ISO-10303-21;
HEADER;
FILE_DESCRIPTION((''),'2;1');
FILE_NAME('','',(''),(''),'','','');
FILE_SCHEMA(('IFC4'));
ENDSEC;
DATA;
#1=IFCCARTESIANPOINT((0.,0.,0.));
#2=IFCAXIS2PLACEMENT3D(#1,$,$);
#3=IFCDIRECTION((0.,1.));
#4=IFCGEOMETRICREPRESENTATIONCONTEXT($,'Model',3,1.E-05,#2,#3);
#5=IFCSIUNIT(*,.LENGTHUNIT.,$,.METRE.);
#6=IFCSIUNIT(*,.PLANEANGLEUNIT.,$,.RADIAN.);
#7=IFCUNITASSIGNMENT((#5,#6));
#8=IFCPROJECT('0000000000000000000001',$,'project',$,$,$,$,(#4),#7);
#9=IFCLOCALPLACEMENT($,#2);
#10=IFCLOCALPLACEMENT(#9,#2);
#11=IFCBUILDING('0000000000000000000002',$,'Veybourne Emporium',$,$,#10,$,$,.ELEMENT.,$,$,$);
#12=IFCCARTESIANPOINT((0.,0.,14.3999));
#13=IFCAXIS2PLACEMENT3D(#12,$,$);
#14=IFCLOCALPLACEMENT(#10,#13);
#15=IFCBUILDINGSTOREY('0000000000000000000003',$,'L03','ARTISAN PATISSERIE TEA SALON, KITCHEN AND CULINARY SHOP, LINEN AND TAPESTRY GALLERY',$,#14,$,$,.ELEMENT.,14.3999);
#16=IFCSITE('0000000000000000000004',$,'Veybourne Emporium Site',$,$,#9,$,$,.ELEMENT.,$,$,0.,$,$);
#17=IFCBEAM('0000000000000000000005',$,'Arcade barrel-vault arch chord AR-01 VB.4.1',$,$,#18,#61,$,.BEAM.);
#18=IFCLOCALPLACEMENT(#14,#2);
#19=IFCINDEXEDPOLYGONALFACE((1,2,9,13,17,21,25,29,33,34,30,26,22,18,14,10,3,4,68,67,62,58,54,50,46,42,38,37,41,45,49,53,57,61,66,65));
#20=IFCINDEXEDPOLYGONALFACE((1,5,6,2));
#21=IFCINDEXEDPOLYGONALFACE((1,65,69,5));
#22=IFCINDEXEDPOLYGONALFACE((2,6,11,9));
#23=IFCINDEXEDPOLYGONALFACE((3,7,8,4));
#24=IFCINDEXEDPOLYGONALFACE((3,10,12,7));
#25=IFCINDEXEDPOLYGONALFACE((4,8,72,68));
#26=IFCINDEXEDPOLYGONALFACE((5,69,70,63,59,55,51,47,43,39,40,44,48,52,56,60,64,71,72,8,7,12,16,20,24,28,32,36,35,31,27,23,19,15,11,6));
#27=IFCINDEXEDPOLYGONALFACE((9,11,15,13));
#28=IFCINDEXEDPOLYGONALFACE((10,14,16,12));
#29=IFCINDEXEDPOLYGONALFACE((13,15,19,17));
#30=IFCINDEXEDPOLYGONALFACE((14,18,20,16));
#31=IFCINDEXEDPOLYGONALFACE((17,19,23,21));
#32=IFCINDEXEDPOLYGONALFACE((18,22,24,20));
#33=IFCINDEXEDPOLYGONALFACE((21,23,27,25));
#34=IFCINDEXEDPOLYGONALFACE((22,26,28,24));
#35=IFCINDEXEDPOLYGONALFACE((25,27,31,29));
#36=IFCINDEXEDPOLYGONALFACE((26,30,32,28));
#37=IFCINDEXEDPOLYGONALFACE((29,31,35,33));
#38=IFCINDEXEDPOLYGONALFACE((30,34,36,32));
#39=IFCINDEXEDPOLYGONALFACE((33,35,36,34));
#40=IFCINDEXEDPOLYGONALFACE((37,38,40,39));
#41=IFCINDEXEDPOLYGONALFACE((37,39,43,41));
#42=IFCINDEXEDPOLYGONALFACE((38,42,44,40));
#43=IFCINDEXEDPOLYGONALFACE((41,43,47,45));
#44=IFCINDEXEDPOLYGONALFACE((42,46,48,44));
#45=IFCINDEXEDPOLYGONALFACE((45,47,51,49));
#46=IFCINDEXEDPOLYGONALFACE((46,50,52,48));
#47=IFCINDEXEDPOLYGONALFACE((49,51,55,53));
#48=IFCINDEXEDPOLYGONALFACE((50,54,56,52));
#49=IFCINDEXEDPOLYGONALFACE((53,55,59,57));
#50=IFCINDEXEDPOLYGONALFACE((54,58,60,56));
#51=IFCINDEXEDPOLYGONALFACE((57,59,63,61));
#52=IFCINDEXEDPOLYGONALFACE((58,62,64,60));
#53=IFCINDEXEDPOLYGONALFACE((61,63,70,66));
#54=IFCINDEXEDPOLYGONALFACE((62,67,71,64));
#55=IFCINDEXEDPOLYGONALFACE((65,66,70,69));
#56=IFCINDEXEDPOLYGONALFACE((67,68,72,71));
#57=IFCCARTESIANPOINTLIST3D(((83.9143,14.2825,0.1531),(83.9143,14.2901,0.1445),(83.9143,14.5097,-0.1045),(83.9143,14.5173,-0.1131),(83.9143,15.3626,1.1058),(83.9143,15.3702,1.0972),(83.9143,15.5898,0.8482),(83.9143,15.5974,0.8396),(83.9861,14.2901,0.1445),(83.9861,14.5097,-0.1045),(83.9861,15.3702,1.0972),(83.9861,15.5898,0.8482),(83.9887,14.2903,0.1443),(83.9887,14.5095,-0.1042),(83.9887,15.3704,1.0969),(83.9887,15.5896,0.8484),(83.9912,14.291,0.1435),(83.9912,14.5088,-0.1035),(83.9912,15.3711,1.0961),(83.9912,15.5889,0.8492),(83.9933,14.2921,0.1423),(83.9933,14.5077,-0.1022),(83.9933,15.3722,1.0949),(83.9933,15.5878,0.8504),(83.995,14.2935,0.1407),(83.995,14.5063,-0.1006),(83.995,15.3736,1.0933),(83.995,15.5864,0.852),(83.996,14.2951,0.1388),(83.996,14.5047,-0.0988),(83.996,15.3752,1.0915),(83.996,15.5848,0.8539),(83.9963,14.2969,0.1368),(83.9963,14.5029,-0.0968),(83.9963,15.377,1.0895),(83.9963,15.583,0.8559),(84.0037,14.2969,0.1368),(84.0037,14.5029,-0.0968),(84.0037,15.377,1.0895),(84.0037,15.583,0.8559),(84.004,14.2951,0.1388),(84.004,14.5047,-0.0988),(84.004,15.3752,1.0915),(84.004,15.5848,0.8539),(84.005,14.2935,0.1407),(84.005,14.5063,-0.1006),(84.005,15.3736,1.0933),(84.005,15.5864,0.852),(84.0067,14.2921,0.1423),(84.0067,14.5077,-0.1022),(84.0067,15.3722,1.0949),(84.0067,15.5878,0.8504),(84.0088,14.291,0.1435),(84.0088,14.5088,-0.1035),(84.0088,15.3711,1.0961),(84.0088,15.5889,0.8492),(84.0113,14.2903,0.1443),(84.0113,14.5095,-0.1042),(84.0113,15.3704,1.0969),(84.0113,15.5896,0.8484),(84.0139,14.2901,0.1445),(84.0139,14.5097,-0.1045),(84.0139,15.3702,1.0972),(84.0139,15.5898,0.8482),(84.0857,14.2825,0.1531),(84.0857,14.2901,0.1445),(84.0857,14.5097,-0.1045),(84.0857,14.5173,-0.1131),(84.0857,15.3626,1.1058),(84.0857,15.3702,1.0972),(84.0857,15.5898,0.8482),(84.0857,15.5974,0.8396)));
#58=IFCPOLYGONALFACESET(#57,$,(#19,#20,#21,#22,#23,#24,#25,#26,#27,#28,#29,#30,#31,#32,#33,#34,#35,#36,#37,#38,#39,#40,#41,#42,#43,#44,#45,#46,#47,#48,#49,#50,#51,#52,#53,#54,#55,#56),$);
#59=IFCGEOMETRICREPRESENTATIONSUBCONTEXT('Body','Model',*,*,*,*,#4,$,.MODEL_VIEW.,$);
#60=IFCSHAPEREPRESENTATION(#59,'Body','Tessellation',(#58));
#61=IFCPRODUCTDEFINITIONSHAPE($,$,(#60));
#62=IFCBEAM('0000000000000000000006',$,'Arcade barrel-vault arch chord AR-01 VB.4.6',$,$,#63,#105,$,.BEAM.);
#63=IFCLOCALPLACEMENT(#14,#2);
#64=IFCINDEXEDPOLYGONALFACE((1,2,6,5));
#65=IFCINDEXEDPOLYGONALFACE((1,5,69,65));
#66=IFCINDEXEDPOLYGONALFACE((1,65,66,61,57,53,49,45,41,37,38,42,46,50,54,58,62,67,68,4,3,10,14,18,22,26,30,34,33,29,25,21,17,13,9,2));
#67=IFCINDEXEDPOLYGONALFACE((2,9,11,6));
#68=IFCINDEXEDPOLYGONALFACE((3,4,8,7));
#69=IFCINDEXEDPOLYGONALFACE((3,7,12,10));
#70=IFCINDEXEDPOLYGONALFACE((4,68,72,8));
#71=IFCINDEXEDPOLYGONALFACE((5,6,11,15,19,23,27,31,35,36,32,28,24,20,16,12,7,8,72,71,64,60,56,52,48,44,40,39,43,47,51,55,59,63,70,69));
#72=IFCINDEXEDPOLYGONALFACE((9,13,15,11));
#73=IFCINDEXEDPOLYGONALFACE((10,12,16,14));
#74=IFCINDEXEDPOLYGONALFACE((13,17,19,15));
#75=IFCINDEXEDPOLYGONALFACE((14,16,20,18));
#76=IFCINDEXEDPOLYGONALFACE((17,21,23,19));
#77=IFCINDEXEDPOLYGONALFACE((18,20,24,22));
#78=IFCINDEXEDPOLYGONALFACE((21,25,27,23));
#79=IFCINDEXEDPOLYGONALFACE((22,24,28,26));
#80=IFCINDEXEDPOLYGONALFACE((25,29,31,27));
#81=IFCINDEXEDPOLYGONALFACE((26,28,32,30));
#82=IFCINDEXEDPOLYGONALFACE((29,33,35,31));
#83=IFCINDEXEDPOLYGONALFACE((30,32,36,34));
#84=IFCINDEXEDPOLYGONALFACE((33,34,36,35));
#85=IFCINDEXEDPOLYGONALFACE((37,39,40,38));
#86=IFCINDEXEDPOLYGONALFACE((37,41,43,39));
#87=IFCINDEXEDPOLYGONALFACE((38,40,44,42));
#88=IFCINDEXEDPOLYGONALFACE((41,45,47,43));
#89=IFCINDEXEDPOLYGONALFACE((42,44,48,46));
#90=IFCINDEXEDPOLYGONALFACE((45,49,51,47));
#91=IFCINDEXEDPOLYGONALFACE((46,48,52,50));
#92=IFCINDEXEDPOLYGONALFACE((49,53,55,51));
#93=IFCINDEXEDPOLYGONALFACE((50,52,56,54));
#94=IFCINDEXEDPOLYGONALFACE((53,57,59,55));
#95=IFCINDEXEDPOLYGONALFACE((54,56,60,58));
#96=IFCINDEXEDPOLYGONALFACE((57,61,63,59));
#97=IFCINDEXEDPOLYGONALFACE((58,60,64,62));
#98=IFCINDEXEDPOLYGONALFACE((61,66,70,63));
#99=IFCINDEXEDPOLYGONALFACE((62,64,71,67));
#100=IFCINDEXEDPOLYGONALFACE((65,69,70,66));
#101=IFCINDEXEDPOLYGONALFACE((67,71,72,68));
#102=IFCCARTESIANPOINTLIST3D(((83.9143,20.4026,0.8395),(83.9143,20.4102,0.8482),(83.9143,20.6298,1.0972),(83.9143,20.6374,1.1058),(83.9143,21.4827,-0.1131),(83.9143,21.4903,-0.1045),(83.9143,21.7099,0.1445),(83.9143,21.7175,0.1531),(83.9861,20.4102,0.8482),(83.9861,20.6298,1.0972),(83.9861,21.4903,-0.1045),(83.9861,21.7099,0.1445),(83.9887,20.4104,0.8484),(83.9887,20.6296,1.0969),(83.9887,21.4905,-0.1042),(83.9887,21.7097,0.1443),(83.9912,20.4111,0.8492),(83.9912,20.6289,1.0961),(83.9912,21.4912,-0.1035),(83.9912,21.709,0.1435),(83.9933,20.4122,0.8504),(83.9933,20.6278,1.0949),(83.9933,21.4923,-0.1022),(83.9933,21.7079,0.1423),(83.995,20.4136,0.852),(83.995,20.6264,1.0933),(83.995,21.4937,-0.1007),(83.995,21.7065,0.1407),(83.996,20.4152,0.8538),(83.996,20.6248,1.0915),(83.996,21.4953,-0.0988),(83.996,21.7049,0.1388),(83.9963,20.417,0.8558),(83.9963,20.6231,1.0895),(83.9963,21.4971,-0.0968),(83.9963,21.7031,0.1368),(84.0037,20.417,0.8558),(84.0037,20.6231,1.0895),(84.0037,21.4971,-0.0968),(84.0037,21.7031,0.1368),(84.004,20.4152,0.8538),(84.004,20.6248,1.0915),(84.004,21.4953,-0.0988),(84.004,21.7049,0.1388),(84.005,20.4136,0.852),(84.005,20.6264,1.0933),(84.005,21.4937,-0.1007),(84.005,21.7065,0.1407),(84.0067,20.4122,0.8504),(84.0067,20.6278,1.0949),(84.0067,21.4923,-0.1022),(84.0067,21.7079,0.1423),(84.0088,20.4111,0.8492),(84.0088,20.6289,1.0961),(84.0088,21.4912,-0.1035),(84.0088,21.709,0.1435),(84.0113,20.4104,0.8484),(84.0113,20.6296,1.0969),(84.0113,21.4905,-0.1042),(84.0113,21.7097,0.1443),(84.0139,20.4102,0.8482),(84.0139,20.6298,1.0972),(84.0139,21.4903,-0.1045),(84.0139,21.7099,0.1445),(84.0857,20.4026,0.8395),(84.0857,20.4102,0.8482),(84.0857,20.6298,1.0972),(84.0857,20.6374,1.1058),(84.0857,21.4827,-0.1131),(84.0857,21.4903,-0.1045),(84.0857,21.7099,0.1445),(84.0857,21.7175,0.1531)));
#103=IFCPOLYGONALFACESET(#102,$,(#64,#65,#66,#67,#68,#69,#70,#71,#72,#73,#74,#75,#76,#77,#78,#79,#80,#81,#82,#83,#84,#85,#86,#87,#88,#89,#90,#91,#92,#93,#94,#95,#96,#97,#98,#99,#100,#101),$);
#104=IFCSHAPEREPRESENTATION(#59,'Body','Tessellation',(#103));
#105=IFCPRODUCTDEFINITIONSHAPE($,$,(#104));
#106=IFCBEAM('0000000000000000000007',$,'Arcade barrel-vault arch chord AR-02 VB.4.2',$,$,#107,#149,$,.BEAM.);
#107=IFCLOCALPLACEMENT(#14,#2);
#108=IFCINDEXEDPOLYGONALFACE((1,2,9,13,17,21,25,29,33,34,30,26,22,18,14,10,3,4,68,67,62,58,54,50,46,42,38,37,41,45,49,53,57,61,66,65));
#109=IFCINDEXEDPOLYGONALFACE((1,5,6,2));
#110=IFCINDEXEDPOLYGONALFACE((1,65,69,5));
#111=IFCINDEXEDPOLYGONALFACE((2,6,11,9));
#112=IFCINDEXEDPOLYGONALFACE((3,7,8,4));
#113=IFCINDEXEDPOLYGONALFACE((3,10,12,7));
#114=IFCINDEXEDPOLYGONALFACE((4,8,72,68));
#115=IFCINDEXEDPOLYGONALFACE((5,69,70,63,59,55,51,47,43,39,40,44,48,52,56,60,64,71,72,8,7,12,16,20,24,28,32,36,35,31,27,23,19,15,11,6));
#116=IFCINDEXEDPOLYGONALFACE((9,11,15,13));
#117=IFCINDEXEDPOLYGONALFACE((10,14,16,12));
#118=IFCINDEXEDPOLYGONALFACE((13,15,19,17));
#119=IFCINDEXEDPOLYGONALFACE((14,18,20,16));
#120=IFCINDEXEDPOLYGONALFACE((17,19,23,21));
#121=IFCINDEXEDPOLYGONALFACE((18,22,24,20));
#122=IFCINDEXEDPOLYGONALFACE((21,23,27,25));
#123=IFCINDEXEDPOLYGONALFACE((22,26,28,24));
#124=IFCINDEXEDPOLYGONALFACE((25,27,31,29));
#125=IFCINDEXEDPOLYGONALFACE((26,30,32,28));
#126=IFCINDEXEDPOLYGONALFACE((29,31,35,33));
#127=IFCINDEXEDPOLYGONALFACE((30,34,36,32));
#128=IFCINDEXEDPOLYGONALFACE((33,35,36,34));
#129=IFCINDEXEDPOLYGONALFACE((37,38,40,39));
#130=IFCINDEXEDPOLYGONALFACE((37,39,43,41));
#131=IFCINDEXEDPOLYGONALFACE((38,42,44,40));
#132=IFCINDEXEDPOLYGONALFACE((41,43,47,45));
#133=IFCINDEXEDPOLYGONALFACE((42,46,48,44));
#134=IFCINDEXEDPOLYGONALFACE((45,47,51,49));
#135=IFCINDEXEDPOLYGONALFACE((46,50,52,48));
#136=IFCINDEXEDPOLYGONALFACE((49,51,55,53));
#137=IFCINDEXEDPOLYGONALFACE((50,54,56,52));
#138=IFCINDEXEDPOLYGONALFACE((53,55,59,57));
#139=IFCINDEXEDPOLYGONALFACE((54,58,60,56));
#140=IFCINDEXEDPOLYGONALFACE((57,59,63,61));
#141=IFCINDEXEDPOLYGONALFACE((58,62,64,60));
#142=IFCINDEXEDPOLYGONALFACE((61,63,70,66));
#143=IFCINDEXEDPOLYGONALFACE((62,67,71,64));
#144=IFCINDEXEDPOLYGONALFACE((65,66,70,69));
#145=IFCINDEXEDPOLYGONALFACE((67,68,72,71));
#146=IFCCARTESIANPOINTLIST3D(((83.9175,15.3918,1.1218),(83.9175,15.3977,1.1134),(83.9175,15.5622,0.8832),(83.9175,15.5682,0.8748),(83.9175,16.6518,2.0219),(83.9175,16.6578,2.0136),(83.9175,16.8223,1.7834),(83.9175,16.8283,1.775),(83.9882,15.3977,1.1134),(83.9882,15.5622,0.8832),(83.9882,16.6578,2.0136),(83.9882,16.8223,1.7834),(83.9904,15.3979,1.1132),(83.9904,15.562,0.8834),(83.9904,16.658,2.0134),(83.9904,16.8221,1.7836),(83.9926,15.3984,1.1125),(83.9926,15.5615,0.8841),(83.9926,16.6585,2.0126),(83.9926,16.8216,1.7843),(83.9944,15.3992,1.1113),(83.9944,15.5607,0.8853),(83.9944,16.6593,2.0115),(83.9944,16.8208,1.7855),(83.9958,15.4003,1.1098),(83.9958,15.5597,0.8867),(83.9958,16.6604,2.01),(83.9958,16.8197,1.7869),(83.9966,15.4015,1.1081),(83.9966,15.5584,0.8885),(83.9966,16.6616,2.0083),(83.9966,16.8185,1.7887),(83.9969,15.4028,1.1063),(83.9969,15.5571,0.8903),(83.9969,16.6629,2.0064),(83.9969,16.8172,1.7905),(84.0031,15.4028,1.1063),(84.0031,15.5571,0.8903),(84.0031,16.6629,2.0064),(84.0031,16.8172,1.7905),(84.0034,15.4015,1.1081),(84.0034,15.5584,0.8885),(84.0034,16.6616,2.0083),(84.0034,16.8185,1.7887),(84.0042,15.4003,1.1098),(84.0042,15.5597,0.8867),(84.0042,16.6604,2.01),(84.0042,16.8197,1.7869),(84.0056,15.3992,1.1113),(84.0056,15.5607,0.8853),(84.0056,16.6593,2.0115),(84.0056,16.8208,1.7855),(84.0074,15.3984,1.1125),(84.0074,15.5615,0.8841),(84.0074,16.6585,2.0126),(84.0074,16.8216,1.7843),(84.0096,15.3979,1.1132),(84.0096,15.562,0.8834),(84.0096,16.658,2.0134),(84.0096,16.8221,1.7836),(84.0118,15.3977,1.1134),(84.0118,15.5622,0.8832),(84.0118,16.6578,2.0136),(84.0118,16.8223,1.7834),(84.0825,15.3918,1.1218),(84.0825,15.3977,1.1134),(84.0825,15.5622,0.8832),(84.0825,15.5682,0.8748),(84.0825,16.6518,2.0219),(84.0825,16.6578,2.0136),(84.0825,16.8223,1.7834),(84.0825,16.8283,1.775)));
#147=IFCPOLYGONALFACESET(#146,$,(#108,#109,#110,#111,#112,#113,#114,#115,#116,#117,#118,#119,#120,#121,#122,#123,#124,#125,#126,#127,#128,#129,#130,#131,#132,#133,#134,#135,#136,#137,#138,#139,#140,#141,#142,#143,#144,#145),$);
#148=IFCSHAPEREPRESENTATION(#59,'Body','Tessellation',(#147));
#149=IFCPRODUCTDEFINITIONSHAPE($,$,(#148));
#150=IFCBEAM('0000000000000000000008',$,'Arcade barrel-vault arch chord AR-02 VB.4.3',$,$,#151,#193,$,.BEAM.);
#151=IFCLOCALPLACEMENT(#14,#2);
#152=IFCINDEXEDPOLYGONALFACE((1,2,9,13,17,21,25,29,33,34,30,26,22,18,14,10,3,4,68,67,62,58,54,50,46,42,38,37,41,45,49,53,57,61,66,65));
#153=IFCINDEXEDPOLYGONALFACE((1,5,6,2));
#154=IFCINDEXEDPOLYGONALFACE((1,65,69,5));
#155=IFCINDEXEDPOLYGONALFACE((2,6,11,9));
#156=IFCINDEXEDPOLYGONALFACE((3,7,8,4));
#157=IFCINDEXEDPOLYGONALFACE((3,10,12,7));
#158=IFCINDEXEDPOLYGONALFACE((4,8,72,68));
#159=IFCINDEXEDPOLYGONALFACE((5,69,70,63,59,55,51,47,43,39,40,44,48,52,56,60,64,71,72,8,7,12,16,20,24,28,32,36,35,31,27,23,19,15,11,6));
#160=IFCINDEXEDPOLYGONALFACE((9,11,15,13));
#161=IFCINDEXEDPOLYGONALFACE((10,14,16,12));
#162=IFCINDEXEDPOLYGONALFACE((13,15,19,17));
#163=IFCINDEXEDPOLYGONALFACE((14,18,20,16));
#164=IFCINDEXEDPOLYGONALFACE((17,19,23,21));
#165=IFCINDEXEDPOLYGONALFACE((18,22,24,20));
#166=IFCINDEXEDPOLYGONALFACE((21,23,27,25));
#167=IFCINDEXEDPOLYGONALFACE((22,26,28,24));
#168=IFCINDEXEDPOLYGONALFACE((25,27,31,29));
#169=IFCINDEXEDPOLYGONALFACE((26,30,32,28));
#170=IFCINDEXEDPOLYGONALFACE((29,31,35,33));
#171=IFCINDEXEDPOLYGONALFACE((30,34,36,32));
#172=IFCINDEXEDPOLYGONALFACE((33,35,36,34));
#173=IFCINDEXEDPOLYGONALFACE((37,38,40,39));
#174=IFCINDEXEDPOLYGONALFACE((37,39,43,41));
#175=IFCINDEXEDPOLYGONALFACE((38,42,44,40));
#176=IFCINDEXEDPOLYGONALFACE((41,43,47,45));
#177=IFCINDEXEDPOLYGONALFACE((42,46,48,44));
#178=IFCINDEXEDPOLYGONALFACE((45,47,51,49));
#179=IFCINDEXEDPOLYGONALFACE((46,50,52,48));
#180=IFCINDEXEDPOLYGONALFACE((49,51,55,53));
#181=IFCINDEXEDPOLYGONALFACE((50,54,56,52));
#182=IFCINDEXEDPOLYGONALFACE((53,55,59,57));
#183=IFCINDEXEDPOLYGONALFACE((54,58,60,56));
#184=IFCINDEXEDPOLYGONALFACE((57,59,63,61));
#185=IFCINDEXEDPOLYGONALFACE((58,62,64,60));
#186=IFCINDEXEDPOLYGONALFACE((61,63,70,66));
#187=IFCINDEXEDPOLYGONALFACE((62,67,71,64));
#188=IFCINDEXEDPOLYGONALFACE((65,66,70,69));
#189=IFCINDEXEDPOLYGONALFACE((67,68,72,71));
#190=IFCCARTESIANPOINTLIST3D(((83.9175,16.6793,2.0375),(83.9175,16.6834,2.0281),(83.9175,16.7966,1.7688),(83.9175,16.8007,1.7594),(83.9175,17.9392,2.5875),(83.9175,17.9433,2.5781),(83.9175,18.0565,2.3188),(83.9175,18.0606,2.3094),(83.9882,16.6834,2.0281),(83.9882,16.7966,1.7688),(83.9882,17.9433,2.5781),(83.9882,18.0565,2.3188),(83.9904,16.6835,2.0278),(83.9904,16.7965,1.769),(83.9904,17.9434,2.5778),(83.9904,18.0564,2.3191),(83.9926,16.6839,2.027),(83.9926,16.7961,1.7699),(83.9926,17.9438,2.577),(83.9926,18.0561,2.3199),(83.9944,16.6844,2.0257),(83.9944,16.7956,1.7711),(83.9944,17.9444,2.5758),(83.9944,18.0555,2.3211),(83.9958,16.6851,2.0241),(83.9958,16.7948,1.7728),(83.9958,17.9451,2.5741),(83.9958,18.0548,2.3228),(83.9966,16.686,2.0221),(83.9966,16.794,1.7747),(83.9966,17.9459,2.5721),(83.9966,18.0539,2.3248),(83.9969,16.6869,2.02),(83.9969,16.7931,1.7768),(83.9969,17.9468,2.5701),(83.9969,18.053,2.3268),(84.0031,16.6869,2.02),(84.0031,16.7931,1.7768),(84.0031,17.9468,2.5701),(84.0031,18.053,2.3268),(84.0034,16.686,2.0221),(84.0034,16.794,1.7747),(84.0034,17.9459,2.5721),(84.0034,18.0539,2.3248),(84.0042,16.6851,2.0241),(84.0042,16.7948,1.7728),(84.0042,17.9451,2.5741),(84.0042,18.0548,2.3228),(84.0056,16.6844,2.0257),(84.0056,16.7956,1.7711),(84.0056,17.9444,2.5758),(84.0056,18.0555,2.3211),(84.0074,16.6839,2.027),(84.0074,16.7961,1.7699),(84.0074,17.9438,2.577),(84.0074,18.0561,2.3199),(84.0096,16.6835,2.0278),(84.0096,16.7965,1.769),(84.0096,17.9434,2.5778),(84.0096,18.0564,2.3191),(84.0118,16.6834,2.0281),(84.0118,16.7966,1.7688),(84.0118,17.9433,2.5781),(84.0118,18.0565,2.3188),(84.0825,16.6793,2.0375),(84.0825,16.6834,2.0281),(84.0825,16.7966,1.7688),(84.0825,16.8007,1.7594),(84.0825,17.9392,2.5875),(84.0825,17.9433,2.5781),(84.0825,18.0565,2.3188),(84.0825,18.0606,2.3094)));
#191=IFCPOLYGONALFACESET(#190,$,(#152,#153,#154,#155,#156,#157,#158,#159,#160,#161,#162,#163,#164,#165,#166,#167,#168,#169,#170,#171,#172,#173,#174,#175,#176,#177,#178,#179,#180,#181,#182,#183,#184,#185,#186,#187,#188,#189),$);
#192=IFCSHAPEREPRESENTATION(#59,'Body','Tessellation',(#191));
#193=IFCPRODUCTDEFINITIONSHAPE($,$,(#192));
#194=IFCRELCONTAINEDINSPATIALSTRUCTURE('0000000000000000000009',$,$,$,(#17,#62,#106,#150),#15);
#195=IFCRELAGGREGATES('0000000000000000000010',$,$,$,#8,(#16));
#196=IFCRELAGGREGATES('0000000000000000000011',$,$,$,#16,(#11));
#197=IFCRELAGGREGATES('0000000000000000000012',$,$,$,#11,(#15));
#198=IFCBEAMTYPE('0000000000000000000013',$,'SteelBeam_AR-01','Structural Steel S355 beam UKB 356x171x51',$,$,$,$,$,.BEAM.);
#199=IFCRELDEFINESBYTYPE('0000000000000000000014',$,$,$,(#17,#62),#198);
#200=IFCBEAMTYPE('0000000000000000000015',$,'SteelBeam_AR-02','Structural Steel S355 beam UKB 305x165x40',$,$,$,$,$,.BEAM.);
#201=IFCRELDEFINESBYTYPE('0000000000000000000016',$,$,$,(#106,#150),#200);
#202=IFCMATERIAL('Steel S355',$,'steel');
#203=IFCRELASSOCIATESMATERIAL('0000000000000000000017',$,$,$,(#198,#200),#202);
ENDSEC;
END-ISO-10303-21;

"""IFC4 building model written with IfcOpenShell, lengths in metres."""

from ifc_helpers import new_model, si_unit, direction, frame, origin, origin_2d, place, context, subcontext, project, spatial, i_section, extrude, material, material_profile, profile_set, type_object, element, save


model = new_model("IFC4")

# Units and contexts
model_context = context("Model", 3, precision=1e-05, world=origin(), true_north=direction((0.0, 1.0)))
body_context = subcontext(model_context, "Body", "Model", "MODEL_VIEW")
ifc_project = project(units=[si_unit("LENGTHUNIT", "METRE"), si_unit("PLANEANGLEUNIT", "RADIAN")], contexts=[model_context])

# Site, building, storey
site_placement = place(None, origin())
site = spatial("IfcSite", under=ifc_project, at=site_placement, Name="Veybourne Emporium Site", CompositionType="ELEMENT", RefElevation=0.0)
building_placement = place(site_placement, origin())
building = spatial("IfcBuilding", under=site, at=building_placement, Name="Veybourne Emporium", CompositionType="ELEMENT")
storey_placement = place(building_placement, frame((0.0, 0.0, 14.3999)))
storey = spatial("IfcBuildingStorey", under=building, at=storey_placement, Name="L03", Description="ARTISAN PATISSERIE TEA SALON, KITCHEN AND CULINARY SHOP, LINEN AND TAPESTRY GALLERY", CompositionType="ELEMENT", Elevation=14.3999)

# Beams
ifc_material_1 = material(Name="Steel S355", Category="steel")
ifc_material_profile_1 = material_profile(ifc_material_1, i_section(OverallWidth=0.1714, OverallDepth=0.355, WebThickness=0.0073, FlangeThickness=0.0115, FilletRadius=0.0103, at=origin_2d()), Name="UKB 356x171x51")
ifc_profile_set_1 = profile_set([ifc_material_profile_1], Name="Steel S355")
beam_type_1 = type_object("IfcBeamType", Name="SteelBeam_AR-01", Description="Structural Steel S355 beam UKB 356x171x51", PredefinedType="BEAM", material=ifc_profile_set_1)
for number, where, z_axis, x_axis, name in (
    (1, (84.0, 14.3999, 0.02), (0.0, 0.749966, 0.661476), (-1.0, 0.0, 0.0), "Arcade barrel-vault arch chord AR-01 VB.4.1"),
    (2, (84.0, 20.52, 0.9727), (0.0, 0.749966, -0.661476), (-1.0, 0.0, 0.0), "Arcade barrel-vault arch chord AR-01 VB.4.6"),
):
    element("IfcBeam", number, at=place(storey_placement, frame(where, z_axis=z_axis, x_axis=x_axis)), inside=storey, type_object=beam_type_1, Name=name, PredefinedType="BEAM", context=body_context, shape_type="SweptSolid", body=[
        extrude(i_section(OverallWidth=0.1714, OverallDepth=0.355, WebThickness=0.0073, FlangeThickness=0.0115, FilletRadius=0.0103, at=origin_2d()), origin(), (0.0, 0.0, 1.0), 1.4402),
    ])
ifc_material_profile_2 = material_profile(ifc_material_1, i_section(OverallWidth=0.165, OverallDepth=0.3035, WebThickness=0.0061, FlangeThickness=0.0103, FilletRadius=0.0088, at=origin_2d()), Name="UKB 305x165x40")
ifc_profile_set_2 = profile_set([ifc_material_profile_2], Name="Steel S355")
beam_type_2 = type_object("IfcBeamType", Name="SteelBeam_AR-02", Description="Structural Steel S355 beam UKB 305x165x40", PredefinedType="BEAM", material=ifc_profile_set_2)
beam_1_placement = place(storey_placement, frame((84.0, 15.48, 0.9983), z_axis=(0.0, 0.813691, 0.581298), x_axis=(-1.0, 0.0, 0.0)))
element("IfcBeam", 3, at=beam_1_placement, inside=storey, type_object=beam_type_2, Name="Arcade barrel-vault arch chord AR-02 VB.4.2", PredefinedType="BEAM", context=body_context, shape_type="SweptSolid", body=[
    extrude(i_section(OverallWidth=0.165, OverallDepth=0.3035, WebThickness=0.0061, FlangeThickness=0.0103, FilletRadius=0.0088, at=origin_2d()), origin(), (0.0, 0.0, 1.0), 1.5486),
])
for number, where, z_axis, x_axis, name in (
    (4, (84.0, 16.74, 1.8984), (0.0, 0.916479, 0.400083), (-1.0, 0.0, 0.0), "Arcade barrel-vault arch chord AR-02 VB.4.3"),
):
    element("IfcBeam", number, at=place(storey_placement, frame(where, z_axis=z_axis, x_axis=x_axis)), inside=storey, type_object=beam_type_2, Name=name, PredefinedType="BEAM", context=body_context, shape_type="SweptSolid", body=[
        extrude(i_section(OverallWidth=0.165, OverallDepth=0.3035, WebThickness=0.0061, FlangeThickness=0.0103, FilletRadius=0.0088, at=origin_2d()), origin(), (0.0, 0.0, 1.0), 1.3748),
    ])

save(model, "model.ifc")
